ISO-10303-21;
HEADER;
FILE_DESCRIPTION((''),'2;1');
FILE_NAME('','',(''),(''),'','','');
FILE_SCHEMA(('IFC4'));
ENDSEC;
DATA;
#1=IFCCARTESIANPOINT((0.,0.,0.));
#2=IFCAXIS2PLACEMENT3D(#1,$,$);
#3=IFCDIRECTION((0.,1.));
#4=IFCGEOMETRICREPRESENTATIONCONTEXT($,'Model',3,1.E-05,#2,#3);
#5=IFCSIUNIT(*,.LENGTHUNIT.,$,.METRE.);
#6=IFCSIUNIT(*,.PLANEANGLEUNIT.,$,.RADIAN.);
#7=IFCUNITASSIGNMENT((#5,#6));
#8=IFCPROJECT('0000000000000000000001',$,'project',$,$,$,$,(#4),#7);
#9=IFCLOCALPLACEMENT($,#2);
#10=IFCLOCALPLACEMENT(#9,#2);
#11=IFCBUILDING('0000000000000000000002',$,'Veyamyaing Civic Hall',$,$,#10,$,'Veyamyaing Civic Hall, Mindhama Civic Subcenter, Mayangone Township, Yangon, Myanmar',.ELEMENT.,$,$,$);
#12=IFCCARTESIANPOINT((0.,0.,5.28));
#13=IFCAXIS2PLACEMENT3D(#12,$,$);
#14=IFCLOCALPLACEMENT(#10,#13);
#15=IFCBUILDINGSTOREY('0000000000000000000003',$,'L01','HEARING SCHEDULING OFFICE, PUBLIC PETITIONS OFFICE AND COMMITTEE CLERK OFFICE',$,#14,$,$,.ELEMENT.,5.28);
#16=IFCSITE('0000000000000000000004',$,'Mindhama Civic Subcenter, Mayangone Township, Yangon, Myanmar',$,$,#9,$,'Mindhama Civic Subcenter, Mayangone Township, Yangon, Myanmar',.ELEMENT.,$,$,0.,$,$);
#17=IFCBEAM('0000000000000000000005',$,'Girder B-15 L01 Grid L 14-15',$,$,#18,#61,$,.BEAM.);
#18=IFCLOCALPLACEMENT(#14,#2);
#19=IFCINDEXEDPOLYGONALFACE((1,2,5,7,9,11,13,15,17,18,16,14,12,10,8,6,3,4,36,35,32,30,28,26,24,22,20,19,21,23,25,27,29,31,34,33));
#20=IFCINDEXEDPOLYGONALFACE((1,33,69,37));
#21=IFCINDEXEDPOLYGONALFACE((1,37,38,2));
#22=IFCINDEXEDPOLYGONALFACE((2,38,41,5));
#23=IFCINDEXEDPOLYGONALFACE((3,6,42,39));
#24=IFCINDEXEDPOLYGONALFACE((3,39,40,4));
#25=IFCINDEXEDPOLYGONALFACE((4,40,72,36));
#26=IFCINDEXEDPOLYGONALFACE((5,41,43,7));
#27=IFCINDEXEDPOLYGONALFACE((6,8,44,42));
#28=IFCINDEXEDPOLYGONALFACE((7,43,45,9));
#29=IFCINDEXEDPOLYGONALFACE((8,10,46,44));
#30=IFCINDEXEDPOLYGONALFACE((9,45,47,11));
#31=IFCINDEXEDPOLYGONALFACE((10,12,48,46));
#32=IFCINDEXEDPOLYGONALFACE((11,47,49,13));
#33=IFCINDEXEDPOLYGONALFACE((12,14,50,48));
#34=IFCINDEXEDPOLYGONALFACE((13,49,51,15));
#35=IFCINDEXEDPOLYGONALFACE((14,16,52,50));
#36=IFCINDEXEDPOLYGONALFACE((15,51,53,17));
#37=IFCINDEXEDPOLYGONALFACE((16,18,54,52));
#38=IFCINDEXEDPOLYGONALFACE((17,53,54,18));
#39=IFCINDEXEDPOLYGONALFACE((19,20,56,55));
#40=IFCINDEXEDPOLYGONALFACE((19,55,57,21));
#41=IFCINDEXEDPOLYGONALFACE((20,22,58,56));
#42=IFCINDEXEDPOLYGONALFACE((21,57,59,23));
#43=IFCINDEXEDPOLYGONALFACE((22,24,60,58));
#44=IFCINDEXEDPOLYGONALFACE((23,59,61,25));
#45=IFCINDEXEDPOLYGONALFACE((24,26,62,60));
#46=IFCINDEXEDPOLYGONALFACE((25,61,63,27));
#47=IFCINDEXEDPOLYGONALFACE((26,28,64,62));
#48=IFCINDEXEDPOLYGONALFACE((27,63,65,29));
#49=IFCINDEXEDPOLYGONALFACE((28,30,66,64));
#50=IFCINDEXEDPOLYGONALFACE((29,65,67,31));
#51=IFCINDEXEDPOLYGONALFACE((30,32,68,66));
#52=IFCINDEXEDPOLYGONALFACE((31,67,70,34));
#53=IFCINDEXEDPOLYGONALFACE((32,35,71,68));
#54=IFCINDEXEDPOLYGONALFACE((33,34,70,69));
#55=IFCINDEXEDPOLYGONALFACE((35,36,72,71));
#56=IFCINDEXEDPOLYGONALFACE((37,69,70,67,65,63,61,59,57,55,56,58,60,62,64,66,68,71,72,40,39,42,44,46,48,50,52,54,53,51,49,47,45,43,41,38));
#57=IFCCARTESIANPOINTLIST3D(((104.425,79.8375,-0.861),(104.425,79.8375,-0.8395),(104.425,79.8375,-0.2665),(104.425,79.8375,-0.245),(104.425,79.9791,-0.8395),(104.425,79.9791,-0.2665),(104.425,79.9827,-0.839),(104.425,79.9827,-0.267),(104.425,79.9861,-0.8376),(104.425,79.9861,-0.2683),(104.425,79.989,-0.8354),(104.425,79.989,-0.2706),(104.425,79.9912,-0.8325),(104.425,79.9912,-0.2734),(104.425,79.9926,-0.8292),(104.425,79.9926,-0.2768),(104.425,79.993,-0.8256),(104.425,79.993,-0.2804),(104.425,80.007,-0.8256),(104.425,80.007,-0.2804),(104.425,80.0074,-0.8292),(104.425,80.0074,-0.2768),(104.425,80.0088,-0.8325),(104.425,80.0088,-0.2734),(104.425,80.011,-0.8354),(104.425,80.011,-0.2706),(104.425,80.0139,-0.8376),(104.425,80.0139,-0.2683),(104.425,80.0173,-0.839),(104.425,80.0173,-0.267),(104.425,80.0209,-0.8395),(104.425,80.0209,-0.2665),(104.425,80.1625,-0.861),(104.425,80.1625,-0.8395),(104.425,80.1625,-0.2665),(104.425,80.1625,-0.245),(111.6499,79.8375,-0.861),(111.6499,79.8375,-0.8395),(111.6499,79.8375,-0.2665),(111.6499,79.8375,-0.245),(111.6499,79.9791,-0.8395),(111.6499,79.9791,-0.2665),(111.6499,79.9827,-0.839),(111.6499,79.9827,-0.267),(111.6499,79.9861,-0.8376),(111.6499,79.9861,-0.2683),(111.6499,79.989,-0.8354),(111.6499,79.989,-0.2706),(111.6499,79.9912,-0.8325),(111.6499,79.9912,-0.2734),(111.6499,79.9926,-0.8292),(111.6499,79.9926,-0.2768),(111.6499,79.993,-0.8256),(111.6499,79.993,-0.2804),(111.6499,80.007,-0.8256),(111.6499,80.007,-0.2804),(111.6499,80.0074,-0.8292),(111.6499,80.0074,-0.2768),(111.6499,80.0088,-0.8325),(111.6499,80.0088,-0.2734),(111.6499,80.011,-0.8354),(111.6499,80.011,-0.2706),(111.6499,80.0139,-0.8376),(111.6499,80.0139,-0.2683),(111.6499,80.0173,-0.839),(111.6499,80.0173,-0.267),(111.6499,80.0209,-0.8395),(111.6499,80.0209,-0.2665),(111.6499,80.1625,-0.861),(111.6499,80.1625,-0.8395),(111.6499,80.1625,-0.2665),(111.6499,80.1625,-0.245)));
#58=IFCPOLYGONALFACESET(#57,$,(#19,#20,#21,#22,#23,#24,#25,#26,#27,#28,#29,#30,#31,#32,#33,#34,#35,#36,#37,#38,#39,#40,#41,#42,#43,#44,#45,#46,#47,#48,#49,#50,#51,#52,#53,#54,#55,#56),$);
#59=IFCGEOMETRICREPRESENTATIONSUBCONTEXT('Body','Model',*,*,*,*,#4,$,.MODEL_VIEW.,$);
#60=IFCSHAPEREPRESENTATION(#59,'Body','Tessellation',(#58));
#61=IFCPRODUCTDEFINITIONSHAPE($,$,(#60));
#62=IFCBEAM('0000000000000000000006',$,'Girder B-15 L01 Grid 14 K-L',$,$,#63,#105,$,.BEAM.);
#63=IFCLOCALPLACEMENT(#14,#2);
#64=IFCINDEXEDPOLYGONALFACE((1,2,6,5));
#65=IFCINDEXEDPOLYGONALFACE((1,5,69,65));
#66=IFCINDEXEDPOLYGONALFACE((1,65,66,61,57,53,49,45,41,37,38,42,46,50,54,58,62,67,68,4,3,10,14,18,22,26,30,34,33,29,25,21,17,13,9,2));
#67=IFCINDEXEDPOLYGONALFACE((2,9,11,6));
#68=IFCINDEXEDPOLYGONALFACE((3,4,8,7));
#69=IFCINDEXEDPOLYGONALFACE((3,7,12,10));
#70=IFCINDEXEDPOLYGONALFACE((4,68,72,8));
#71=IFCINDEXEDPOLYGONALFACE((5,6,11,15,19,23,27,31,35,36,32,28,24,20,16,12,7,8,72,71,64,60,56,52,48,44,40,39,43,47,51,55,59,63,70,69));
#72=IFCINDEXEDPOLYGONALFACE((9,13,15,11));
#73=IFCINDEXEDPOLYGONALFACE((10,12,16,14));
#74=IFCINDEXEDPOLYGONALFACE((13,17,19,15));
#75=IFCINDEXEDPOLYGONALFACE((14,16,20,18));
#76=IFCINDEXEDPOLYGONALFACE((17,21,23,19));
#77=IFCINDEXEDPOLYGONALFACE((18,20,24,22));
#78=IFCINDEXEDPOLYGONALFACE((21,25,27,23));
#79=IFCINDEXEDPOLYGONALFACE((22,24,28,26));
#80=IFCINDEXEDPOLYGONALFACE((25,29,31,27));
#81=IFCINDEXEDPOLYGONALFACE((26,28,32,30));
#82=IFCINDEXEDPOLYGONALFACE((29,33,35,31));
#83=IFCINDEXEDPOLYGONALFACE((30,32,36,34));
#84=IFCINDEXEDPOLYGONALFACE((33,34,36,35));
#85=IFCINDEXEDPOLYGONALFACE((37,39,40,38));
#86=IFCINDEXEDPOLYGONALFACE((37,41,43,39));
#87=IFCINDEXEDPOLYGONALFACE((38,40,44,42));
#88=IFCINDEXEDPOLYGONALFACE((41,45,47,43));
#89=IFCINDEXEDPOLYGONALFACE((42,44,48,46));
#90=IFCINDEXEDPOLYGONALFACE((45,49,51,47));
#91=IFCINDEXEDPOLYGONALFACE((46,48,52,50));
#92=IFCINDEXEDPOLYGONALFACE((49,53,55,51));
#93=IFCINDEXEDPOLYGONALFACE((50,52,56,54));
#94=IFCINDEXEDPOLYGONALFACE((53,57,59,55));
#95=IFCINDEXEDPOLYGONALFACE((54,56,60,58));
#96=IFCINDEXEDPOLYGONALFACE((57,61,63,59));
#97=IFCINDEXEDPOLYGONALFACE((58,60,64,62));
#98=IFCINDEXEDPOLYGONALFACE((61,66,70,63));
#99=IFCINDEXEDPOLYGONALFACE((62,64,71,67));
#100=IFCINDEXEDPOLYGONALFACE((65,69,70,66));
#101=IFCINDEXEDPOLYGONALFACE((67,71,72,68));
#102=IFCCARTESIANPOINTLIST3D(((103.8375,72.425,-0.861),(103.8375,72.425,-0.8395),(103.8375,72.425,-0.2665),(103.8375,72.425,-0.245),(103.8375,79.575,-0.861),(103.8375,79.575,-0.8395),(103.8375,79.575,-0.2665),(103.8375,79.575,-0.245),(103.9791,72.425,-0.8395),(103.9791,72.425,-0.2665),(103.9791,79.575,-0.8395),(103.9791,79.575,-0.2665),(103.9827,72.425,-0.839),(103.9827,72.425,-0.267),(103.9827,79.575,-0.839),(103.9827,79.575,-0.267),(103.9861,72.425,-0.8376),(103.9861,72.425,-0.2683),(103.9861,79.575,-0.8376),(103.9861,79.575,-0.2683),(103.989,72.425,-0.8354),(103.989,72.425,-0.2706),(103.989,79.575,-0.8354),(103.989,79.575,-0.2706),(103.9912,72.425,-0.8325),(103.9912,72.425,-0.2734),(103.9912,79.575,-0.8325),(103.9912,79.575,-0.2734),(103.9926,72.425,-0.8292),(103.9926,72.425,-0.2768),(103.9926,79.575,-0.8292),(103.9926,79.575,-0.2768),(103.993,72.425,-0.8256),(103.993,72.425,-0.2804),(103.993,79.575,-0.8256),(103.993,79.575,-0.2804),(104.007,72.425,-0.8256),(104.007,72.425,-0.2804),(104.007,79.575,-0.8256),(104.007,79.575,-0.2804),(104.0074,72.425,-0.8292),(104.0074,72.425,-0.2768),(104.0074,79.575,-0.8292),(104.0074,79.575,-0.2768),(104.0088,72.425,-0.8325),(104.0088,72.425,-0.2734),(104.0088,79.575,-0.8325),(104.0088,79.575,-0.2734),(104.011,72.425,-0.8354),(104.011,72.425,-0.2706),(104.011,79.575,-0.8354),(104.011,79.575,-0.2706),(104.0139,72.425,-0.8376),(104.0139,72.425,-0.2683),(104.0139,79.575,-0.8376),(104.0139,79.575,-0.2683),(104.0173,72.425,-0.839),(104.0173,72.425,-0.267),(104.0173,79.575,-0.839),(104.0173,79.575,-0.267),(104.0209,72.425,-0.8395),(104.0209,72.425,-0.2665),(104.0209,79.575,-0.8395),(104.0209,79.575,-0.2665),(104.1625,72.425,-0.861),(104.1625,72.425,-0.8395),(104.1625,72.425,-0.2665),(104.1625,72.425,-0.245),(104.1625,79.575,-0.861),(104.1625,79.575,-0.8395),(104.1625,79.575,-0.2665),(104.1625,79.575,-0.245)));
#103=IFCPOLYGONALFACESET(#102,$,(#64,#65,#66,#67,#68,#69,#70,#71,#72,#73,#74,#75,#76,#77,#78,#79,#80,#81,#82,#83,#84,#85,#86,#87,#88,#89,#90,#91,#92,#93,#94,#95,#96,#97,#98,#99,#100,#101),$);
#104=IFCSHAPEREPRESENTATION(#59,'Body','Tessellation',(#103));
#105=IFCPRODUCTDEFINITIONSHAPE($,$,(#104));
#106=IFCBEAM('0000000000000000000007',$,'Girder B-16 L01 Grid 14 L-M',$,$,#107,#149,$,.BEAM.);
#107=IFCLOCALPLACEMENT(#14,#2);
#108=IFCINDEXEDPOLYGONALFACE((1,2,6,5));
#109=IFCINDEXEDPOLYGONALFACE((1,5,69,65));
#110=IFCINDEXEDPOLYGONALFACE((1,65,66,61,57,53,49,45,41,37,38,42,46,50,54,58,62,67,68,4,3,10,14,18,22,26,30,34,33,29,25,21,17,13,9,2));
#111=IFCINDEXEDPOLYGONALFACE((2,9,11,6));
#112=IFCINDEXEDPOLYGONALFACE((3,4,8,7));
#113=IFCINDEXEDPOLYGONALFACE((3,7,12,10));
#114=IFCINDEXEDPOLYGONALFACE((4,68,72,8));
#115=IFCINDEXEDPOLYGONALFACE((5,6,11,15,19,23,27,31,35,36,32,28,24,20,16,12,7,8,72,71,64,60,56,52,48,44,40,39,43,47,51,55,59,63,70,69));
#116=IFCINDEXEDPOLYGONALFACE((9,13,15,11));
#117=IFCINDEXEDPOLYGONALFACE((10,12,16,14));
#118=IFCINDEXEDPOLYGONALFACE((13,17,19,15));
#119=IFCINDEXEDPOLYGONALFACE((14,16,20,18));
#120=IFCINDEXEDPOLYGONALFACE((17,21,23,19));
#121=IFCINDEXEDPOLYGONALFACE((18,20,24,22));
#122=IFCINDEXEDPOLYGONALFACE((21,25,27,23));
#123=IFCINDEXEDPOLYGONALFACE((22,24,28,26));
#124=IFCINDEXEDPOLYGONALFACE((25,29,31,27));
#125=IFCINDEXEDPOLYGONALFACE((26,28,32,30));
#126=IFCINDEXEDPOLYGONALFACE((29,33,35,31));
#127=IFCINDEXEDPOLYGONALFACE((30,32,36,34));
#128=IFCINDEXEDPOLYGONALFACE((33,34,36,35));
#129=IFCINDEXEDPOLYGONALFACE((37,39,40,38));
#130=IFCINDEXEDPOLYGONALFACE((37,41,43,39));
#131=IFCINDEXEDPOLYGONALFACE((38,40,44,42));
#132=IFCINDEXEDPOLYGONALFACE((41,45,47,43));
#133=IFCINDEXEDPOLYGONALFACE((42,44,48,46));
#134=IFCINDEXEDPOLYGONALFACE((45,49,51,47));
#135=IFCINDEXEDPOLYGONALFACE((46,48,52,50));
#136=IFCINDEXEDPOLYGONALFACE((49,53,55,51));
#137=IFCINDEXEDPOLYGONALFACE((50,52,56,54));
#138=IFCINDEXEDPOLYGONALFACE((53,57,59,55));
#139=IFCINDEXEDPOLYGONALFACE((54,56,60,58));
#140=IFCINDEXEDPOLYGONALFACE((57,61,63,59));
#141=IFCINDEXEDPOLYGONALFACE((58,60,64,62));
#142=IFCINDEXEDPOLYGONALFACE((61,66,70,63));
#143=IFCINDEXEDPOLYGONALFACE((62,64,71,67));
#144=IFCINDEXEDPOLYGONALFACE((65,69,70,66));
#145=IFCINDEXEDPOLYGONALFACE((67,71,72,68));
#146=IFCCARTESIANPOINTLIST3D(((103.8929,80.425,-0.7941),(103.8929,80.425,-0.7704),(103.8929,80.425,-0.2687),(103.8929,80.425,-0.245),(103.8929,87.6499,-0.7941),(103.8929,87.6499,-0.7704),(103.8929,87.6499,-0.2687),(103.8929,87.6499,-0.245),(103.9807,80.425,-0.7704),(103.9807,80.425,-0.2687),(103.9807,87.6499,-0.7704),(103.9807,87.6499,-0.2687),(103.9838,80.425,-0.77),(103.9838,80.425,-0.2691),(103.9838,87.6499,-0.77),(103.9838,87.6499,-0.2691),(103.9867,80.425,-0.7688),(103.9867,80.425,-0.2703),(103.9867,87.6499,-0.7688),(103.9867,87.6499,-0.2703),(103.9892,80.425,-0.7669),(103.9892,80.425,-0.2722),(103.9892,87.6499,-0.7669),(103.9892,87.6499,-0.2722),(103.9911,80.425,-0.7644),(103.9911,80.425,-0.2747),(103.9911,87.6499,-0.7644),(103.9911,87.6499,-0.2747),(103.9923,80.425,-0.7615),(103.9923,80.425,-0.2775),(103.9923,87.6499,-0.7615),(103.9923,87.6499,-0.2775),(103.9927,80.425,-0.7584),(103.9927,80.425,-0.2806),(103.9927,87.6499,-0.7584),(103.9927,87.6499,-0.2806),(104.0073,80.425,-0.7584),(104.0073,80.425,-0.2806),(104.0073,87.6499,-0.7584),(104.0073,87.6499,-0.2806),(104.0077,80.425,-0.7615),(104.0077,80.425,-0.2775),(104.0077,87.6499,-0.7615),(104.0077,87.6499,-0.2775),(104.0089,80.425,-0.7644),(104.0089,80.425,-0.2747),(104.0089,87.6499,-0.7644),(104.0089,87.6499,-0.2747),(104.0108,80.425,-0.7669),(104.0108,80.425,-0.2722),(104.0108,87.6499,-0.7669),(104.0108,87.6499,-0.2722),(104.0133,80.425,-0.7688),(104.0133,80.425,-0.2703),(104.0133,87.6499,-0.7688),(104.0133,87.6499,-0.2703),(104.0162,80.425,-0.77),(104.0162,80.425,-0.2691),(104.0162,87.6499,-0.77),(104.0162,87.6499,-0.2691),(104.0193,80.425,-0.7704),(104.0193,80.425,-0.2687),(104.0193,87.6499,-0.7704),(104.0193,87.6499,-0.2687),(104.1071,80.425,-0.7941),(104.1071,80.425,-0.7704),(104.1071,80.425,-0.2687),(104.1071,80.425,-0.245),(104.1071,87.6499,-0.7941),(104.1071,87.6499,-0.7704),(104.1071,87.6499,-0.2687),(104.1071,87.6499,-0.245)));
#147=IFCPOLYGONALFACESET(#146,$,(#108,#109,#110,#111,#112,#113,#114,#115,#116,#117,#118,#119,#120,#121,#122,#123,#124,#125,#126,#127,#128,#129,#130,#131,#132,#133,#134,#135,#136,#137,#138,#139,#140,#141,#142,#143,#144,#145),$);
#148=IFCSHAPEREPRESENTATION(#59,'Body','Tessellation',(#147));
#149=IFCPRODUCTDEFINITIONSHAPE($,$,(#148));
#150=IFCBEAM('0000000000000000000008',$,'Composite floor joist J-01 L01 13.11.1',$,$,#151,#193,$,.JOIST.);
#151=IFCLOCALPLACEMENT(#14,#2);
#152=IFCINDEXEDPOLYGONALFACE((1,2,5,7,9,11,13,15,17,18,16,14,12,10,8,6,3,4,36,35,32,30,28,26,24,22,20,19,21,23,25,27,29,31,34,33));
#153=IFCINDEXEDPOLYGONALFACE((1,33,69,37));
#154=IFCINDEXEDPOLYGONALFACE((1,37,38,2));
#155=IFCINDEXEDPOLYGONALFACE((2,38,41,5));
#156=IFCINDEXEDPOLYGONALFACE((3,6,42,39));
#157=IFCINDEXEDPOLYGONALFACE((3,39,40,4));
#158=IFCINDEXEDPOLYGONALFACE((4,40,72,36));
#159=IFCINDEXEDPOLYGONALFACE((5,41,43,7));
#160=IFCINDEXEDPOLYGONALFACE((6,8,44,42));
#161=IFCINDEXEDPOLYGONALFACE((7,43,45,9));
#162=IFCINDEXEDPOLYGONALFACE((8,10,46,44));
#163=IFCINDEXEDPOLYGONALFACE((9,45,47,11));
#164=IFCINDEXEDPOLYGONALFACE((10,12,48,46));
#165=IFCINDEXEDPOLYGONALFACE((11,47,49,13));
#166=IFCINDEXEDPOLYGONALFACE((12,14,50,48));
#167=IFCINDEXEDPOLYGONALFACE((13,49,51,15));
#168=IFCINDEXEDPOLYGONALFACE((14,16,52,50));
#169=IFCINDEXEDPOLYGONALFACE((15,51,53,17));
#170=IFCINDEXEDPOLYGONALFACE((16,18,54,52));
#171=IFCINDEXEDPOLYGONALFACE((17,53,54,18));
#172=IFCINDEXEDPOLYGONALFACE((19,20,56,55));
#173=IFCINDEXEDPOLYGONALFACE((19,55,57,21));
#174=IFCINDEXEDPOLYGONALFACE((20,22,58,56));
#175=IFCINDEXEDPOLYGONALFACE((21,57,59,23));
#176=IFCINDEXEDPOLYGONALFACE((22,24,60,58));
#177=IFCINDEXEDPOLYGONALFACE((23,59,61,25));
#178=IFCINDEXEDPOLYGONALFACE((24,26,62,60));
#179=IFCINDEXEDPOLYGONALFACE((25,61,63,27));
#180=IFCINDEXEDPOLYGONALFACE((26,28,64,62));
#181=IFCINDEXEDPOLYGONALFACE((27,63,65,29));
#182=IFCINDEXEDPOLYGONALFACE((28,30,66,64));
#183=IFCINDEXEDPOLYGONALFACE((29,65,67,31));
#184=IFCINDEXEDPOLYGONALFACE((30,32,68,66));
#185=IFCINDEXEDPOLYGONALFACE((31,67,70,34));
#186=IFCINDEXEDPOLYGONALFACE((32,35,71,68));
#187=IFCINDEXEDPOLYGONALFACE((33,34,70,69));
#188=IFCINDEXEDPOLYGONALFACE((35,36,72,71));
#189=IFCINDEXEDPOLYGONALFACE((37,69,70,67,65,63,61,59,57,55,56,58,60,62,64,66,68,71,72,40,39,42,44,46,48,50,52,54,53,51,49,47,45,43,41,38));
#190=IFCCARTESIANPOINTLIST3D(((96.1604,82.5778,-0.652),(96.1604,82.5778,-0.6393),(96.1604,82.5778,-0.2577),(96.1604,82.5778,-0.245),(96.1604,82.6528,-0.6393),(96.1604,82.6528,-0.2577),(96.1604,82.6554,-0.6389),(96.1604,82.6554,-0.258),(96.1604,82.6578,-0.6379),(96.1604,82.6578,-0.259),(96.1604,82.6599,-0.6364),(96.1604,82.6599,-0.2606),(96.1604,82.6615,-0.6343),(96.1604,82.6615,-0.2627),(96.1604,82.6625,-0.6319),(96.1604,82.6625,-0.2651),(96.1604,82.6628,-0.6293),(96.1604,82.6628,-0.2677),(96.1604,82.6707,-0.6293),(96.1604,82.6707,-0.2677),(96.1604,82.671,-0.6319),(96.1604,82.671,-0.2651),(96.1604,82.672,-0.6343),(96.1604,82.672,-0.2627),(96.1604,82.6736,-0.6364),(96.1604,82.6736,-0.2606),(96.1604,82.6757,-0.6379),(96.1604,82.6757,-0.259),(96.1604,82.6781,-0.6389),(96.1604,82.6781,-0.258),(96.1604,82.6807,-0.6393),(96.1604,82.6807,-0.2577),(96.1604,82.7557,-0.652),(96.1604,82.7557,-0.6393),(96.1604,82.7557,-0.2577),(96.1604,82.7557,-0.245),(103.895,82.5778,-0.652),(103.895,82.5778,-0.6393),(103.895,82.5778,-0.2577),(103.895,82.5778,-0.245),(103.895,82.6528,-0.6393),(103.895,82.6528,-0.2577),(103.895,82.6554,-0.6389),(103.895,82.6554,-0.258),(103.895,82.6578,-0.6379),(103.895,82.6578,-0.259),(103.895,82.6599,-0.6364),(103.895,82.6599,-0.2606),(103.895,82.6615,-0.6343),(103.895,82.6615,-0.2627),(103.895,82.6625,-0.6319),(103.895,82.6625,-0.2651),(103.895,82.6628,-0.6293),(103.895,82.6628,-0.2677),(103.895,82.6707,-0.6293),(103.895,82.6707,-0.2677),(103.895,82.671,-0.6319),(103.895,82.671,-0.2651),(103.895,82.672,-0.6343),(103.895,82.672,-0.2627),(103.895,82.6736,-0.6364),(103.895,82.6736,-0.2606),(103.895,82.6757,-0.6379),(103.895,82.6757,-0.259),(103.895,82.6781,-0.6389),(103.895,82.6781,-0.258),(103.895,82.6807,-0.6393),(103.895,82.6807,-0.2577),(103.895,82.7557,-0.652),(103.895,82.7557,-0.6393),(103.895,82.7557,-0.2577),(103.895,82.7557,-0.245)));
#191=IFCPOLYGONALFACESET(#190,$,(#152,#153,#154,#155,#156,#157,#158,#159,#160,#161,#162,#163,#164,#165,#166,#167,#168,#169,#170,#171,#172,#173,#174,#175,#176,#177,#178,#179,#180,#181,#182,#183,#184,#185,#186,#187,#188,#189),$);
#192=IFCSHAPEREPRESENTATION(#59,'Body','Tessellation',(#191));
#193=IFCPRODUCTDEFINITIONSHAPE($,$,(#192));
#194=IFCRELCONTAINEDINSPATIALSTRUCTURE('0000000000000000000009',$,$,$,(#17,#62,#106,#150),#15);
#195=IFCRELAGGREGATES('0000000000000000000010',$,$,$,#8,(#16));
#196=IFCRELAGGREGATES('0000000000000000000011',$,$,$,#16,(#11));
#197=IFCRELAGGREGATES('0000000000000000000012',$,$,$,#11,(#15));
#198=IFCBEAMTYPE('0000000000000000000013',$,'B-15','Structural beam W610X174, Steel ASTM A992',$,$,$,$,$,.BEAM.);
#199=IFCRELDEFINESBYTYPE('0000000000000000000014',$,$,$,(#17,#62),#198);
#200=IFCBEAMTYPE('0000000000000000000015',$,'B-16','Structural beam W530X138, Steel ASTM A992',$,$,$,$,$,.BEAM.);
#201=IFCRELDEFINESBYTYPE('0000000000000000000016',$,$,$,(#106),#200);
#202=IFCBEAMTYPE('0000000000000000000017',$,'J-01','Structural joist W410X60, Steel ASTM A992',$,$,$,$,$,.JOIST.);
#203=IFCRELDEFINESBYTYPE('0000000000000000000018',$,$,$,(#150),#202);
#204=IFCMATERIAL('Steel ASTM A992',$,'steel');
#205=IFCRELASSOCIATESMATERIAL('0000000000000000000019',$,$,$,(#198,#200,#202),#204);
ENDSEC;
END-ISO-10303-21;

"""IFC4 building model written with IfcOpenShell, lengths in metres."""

from ifc_helpers import new_model, si_unit, direction, frame, origin, origin_2d, place, context, subcontext, project, spatial, i_section, extrude, material, material_profile, profile_set, type_object, element, save


model = new_model("IFC4")

# Units and contexts
model_context = context("Model", 3, precision=1e-05, world=origin(), true_north=direction((0.0, 1.0)))
body_context = subcontext(model_context, "Body", "Model", "MODEL_VIEW")
ifc_project = project(units=[si_unit("LENGTHUNIT", "METRE"), si_unit("PLANEANGLEUNIT", "RADIAN")], contexts=[model_context])

# Site, building, storey
site_placement = place(None, origin())
site = spatial("IfcSite", under=ifc_project, at=site_placement, Name="Mindhama Civic Subcenter, Mayangone Township, Yangon, Myanmar", LongName="Mindhama Civic Subcenter, Mayangone Township, Yangon, Myanmar", CompositionType="ELEMENT", RefElevation=0.0)
building_placement = place(site_placement, origin())
building = spatial("IfcBuilding", under=site, at=building_placement, Name="Veyamyaing Civic Hall", LongName="Veyamyaing Civic Hall, Mindhama Civic Subcenter, Mayangone Township, Yangon, Myanmar", CompositionType="ELEMENT")
storey_placement = place(building_placement, frame((0.0, 0.0, 5.28)))
storey = spatial("IfcBuildingStorey", under=building, at=storey_placement, Name="L01", Description="HEARING SCHEDULING OFFICE, PUBLIC PETITIONS OFFICE AND COMMITTEE CLERK OFFICE", CompositionType="ELEMENT", Elevation=5.28)

# Beams
ifc_material_1 = material(Name="Steel ASTM A992", Category="steel")
ifc_material_profile_1 = material_profile(ifc_material_1, i_section(OverallWidth=0.325, OverallDepth=0.616, WebThickness=0.0139, FlangeThickness=0.0215, FilletRadius=0.0139, at=origin_2d()), Name="W610X174")
ifc_profile_set_1 = profile_set([ifc_material_profile_1], Name="Steel ASTM A992")
beam_type_1 = type_object("IfcBeamType", Name="B-15", Description="Structural beam W610X174, Steel ASTM A992", PredefinedType="BEAM", material=ifc_profile_set_1)
beam_1_placement = place(storey_placement, frame((104.425, 80.0, -0.553), z_axis=(1.0, 0.0, 0.0), x_axis=(0.0, 1.0, 0.0)))
element("IfcBeam", 1, at=beam_1_placement, inside=storey, type_object=beam_type_1, Name="Girder B-15 L01 Grid L 14-15", PredefinedType="BEAM", context=body_context, shape_type="SweptSolid", body=[
    extrude(i_section(OverallWidth=0.325, OverallDepth=0.616, WebThickness=0.0139, FlangeThickness=0.0215, FilletRadius=0.0139, at=origin_2d()), origin(), (0.0, 0.0, 1.0), 7.2249),
])
beam_2_placement = place(storey_placement, frame((104.0, 72.425, -0.553), z_axis=(0.0, 1.0, 0.0), x_axis=(-1.0, 0.0, 0.0)))
element("IfcBeam", 2, at=beam_2_placement, inside=storey, type_object=beam_type_1, Name="Girder B-15 L01 Grid 14 K-L", PredefinedType="BEAM", context=body_context, shape_type="SweptSolid", body=[
    extrude(i_section(OverallWidth=0.325, OverallDepth=0.616, WebThickness=0.0139, FlangeThickness=0.0215, FilletRadius=0.0139, at=origin_2d()), origin(), (0.0, 0.0, 1.0), 7.1499),
])
ifc_material_profile_2 = material_profile(ifc_material_1, i_section(OverallWidth=0.2141, OverallDepth=0.5491, WebThickness=0.0146, FlangeThickness=0.0237, FilletRadius=0.012, at=origin_2d()), Name="W530X138")
ifc_profile_set_2 = profile_set([ifc_material_profile_2], Name="Steel ASTM A992")
beam_type_2 = type_object("IfcBeamType", Name="B-16", Description="Structural beam W530X138, Steel ASTM A992", PredefinedType="BEAM", material=ifc_profile_set_2)
beam_3_placement = place(storey_placement, frame((104.0, 80.425, -0.5195), z_axis=(0.0, 1.0, 0.0), x_axis=(-1.0, 0.0, 0.0)))
element("IfcBeam", 3, at=beam_3_placement, inside=storey, type_object=beam_type_2, Name="Girder B-16 L01 Grid 14 L-M", PredefinedType="BEAM", context=body_context, shape_type="SweptSolid", body=[
    extrude(i_section(OverallWidth=0.2141, OverallDepth=0.5491, WebThickness=0.0146, FlangeThickness=0.0237, FilletRadius=0.012, at=origin_2d()), origin(), (0.0, 0.0, 1.0), 7.2249),
])
ifc_material_profile_3 = material_profile(ifc_material_1, i_section(OverallWidth=0.178, OverallDepth=0.407, WebThickness=0.0078, FlangeThickness=0.0127, FilletRadius=0.01, at=origin_2d()), Name="W410X60")
ifc_profile_set_3 = profile_set([ifc_material_profile_3], Name="Steel ASTM A992")
beam_type_3 = type_object("IfcBeamType", Name="J-01", Description="Structural joist W410X60, Steel ASTM A992", PredefinedType="JOIST", material=ifc_profile_set_3)
for number, where, z_axis, x_axis, name in (
    (4, (96.1604, 82.6667, -0.4485), (1.0, 0.0, 0.0), (0.0, 1.0, 0.0), "Composite floor joist J-01 L01 13.11.1"),
):
    element("IfcBeam", number, at=place(storey_placement, frame(where, z_axis=z_axis, x_axis=x_axis)), inside=storey, type_object=beam_type_3, Name=name, PredefinedType="JOIST", context=body_context, shape_type="SweptSolid", body=[
        extrude(i_section(OverallWidth=0.178, OverallDepth=0.407, WebThickness=0.0078, FlangeThickness=0.0127, FilletRadius=0.01, at=origin_2d()), origin(), (0.0, 0.0, 1.0), 7.7346),
    ])

save(model, "model.ifc")
